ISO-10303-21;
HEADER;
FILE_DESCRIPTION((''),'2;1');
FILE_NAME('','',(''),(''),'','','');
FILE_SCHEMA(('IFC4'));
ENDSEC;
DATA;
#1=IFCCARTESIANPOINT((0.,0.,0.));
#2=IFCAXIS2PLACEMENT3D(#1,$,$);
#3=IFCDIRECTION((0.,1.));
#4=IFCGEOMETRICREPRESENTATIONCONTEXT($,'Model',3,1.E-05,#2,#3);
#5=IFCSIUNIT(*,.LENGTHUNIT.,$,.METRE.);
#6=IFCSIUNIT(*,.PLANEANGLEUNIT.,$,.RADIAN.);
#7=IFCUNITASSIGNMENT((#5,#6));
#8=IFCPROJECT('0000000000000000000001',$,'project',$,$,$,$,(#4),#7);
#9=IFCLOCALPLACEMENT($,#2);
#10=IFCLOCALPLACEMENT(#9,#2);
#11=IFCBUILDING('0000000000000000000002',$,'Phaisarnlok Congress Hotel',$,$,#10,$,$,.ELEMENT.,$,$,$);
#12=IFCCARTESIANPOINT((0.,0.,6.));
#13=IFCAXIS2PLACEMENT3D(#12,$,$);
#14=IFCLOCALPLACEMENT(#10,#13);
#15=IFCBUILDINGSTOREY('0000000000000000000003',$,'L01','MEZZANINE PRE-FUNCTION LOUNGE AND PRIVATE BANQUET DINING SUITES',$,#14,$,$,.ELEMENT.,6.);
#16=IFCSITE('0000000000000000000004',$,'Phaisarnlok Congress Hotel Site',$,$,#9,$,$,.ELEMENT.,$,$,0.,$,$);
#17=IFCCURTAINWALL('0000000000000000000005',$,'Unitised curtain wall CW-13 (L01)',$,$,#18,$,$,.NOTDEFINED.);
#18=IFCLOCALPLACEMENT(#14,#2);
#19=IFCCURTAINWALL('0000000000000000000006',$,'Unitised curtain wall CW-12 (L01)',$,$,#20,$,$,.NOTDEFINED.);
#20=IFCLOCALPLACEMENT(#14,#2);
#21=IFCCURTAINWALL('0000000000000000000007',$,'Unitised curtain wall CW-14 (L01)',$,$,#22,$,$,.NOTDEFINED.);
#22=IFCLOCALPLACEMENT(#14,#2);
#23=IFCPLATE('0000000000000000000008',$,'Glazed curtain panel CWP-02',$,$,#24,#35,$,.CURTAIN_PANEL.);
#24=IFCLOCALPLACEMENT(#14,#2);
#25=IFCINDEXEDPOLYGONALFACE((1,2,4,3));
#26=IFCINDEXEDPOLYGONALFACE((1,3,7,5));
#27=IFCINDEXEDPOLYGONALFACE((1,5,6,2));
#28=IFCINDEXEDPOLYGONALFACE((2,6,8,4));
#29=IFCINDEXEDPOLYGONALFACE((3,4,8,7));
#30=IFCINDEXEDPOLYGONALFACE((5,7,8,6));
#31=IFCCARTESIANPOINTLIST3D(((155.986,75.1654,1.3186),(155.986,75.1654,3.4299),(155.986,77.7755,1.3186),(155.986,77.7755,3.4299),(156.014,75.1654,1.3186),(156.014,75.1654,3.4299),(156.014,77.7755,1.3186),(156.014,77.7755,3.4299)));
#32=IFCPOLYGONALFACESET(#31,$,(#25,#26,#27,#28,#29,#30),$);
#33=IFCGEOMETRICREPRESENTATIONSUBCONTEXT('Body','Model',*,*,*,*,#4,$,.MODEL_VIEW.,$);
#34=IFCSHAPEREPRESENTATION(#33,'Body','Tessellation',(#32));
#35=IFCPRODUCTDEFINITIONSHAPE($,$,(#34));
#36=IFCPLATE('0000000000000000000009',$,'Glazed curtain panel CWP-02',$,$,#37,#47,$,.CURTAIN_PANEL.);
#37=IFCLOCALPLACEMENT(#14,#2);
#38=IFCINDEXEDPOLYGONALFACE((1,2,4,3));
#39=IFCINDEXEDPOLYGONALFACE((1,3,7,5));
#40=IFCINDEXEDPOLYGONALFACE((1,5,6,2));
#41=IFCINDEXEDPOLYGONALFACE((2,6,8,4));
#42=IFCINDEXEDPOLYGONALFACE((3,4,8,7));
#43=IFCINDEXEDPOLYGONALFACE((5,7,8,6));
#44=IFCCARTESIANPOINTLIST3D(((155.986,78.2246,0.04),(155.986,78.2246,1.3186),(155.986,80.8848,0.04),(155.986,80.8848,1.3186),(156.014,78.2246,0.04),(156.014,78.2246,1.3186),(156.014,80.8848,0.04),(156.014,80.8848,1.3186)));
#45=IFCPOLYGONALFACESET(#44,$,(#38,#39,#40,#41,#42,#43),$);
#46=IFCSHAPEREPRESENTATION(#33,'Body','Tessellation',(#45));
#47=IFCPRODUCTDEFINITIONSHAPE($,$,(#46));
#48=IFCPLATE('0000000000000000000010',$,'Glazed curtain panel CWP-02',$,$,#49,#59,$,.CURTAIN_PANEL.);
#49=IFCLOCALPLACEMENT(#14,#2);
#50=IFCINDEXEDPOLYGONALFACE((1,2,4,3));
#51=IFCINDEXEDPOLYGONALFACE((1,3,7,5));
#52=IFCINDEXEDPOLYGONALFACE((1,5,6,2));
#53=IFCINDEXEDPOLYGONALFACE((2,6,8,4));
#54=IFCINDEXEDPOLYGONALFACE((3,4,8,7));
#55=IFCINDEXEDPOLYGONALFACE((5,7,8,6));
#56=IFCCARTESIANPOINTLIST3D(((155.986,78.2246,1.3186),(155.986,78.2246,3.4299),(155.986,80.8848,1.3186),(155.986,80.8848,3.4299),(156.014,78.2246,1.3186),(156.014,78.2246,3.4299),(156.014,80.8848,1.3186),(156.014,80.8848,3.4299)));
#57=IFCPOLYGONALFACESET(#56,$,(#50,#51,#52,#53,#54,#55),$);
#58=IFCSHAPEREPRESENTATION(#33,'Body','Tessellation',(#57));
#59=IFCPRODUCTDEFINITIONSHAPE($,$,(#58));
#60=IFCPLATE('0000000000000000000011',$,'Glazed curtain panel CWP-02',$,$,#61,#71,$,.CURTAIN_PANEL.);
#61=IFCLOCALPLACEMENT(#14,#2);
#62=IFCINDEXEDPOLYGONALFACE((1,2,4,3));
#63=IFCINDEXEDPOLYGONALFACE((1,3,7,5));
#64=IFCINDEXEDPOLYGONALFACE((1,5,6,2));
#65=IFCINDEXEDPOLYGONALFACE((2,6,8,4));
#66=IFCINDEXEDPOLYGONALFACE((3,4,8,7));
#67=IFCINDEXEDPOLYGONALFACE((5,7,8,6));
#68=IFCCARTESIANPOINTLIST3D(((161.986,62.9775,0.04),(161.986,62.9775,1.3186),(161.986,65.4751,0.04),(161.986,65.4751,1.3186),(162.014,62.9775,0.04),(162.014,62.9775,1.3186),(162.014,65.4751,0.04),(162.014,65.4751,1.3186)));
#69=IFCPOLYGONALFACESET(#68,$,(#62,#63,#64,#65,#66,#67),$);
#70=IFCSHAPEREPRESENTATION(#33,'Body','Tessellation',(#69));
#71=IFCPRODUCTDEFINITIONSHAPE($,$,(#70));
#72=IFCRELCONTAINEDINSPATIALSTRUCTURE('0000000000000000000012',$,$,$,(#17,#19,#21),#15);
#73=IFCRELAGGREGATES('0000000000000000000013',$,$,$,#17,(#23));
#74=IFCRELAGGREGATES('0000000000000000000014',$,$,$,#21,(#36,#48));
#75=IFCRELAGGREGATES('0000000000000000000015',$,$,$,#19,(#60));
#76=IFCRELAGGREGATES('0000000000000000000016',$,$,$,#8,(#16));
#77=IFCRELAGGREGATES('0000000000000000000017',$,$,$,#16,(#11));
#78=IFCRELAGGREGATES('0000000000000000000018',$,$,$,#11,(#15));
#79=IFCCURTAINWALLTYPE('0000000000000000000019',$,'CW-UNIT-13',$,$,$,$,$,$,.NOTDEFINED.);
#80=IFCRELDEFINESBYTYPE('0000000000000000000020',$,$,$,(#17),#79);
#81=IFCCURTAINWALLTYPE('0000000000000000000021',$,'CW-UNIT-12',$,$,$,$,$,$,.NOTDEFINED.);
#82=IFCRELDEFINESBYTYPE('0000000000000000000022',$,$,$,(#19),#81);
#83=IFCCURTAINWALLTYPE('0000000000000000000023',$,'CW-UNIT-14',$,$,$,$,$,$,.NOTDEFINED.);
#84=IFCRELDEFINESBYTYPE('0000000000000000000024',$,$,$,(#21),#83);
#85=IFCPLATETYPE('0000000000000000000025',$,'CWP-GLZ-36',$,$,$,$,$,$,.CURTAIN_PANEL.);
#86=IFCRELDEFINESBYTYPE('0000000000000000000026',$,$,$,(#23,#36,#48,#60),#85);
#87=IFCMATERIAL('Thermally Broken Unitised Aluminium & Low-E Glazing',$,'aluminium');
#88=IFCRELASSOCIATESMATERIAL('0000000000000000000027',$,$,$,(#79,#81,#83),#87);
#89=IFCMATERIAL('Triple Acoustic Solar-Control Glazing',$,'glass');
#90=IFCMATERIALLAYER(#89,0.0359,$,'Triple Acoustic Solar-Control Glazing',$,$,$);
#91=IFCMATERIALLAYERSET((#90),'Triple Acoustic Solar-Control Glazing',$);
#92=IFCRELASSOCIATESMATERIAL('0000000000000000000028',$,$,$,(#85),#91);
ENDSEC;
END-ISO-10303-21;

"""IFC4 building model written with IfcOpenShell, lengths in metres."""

from ifc_helpers import new_model, si_unit, direction, frame, frame_2d, origin, place, context, subcontext, project, spatial, rectangle, extrude, material, layer, layer_set, type_object, element, aggregate, save


model = new_model("IFC4")

# Units and contexts
model_context = context("Model", 3, precision=1e-05, world=origin(), true_north=direction((0.0, 1.0)))
body_context = subcontext(model_context, "Body", "Model", "MODEL_VIEW")
ifc_project = project(units=[si_unit("LENGTHUNIT", "METRE"), si_unit("PLANEANGLEUNIT", "RADIAN")], contexts=[model_context])

# Site, building, storey
site_placement = place(None, origin())
site = spatial("IfcSite", under=ifc_project, at=site_placement, Name="Phaisarnlok Congress Hotel Site", CompositionType="ELEMENT", RefElevation=0.0)
building_placement = place(site_placement, origin())
building = spatial("IfcBuilding", under=site, at=building_placement, Name="Phaisarnlok Congress Hotel", CompositionType="ELEMENT")
storey_placement = place(building_placement, frame((0.0, 0.0, 6.0)))
storey = spatial("IfcBuildingStorey", under=building, at=storey_placement, Name="L01", Description="MEZZANINE PRE-FUNCTION LOUNGE AND PRIVATE BANQUET DINING SUITES", CompositionType="ELEMENT", Elevation=6.0)

# Curtain wall
ifc_material_1 = material(Name="Thermally Broken Unitised Aluminium & Low-E Glazing", Category="aluminium")
curtain_wall_type_1 = type_object("IfcCurtainWallType", Name="CW-UNIT-13", PredefinedType="NOTDEFINED", material=ifc_material_1)
curtain_wall_1_placement = place(storey_placement, origin())
curtain_wall_1 = element("IfcCurtainWall", 1, at=curtain_wall_1_placement, inside=storey, type_object=curtain_wall_type_1, Name="Unitised curtain wall CW-13 (L01)", PredefinedType="NOTDEFINED")

# Curtain wall
curtain_wall_type_2 = type_object("IfcCurtainWallType", Name="CW-UNIT-12", PredefinedType="NOTDEFINED", material=ifc_material_1)
curtain_wall_2_placement = place(storey_placement, origin())
curtain_wall_2 = element("IfcCurtainWall", 2, at=curtain_wall_2_placement, inside=storey, type_object=curtain_wall_type_2, Name="Unitised curtain wall CW-12 (L01)", PredefinedType="NOTDEFINED")

# Curtain wall
curtain_wall_type_3 = type_object("IfcCurtainWallType", Name="CW-UNIT-14", PredefinedType="NOTDEFINED", material=ifc_material_1)
curtain_wall_3_placement = place(storey_placement, origin())
curtain_wall_3 = element("IfcCurtainWall", 3, at=curtain_wall_3_placement, inside=storey, type_object=curtain_wall_type_3, Name="Unitised curtain wall CW-14 (L01)", PredefinedType="NOTDEFINED")

# Plates
ifc_material_2 = material(Name="Triple Acoustic Solar-Control Glazing", Category="glass")
ifc_layer = layer(ifc_material_2, 0.0359, Name="Triple Acoustic Solar-Control Glazing")
ifc_layer_set = layer_set([ifc_layer], Name="Triple Acoustic Solar-Control Glazing")
plate_type = type_object("IfcPlateType", Name="CWP-GLZ-36", PredefinedType="CURTAIN_PANEL", material=ifc_layer_set)
plate_1_placement = place(storey_placement, frame((156.0, 75.1653, 1.3186), z_axis=(0.0, 0.0, 1.0), x_axis=(0.0, 1.0, 0.0)))
plate_1 = element("IfcPlate", 4, at=plate_1_placement, type_object=plate_type, Name="Glazed curtain panel CWP-02", PredefinedType="CURTAIN_PANEL", context=body_context, shape_type="SweptSolid", body=[
    extrude(rectangle(XDim=2.6101, YDim=0.0281, at=frame_2d((1.3052, 0.0))), origin(), (0.0, 0.0, 1.0), 2.1113),
])
aggregate(curtain_wall_1, [plate_1])
plate_2_placement = place(storey_placement, frame((156.0, 78.2246, 0.04), z_axis=(0.0, 0.0, 1.0), x_axis=(0.0, 1.0, 0.0)))
plate_2 = element("IfcPlate", 5, at=plate_2_placement, type_object=plate_type, Name="Glazed curtain panel CWP-02", PredefinedType="CURTAIN_PANEL", context=body_context, shape_type="SweptSolid", body=[
    extrude(rectangle(XDim=2.6602, YDim=0.0281, at=frame_2d((1.3301, 0.0))), origin(), (0.0, 0.0, 1.0), 1.2786),
])
plate_3_placement = place(storey_placement, frame((156.0, 78.2246, 1.3186), z_axis=(0.0, 0.0, 1.0), x_axis=(0.0, 1.0, 0.0)))
plate_3 = element("IfcPlate", 6, at=plate_3_placement, type_object=plate_type, Name="Glazed curtain panel CWP-02", PredefinedType="CURTAIN_PANEL", context=body_context, shape_type="SweptSolid", body=[
    extrude(rectangle(XDim=2.6602, YDim=0.0281, at=frame_2d((1.3301, 0.0))), origin(), (0.0, 0.0, 1.0), 2.1113),
])
aggregate(curtain_wall_3, [plate_2, plate_3])
plate_4_placement = place(storey_placement, frame((162.0, 65.4751, 0.04), z_axis=(0.0, 0.0, 1.0), x_axis=(0.0, -1.0, 0.0)))
plate_4 = element("IfcPlate", 7, at=plate_4_placement, type_object=plate_type, Name="Glazed curtain panel CWP-02", PredefinedType="CURTAIN_PANEL", context=body_context, shape_type="SweptSolid", body=[
    extrude(rectangle(XDim=2.4976, YDim=0.0281, at=frame_2d((1.2488, 0.0))), origin(), (0.0, 0.0, 1.0), 1.2786),
])
aggregate(curtain_wall_2, [plate_4])

save(model, "model.ifc")
